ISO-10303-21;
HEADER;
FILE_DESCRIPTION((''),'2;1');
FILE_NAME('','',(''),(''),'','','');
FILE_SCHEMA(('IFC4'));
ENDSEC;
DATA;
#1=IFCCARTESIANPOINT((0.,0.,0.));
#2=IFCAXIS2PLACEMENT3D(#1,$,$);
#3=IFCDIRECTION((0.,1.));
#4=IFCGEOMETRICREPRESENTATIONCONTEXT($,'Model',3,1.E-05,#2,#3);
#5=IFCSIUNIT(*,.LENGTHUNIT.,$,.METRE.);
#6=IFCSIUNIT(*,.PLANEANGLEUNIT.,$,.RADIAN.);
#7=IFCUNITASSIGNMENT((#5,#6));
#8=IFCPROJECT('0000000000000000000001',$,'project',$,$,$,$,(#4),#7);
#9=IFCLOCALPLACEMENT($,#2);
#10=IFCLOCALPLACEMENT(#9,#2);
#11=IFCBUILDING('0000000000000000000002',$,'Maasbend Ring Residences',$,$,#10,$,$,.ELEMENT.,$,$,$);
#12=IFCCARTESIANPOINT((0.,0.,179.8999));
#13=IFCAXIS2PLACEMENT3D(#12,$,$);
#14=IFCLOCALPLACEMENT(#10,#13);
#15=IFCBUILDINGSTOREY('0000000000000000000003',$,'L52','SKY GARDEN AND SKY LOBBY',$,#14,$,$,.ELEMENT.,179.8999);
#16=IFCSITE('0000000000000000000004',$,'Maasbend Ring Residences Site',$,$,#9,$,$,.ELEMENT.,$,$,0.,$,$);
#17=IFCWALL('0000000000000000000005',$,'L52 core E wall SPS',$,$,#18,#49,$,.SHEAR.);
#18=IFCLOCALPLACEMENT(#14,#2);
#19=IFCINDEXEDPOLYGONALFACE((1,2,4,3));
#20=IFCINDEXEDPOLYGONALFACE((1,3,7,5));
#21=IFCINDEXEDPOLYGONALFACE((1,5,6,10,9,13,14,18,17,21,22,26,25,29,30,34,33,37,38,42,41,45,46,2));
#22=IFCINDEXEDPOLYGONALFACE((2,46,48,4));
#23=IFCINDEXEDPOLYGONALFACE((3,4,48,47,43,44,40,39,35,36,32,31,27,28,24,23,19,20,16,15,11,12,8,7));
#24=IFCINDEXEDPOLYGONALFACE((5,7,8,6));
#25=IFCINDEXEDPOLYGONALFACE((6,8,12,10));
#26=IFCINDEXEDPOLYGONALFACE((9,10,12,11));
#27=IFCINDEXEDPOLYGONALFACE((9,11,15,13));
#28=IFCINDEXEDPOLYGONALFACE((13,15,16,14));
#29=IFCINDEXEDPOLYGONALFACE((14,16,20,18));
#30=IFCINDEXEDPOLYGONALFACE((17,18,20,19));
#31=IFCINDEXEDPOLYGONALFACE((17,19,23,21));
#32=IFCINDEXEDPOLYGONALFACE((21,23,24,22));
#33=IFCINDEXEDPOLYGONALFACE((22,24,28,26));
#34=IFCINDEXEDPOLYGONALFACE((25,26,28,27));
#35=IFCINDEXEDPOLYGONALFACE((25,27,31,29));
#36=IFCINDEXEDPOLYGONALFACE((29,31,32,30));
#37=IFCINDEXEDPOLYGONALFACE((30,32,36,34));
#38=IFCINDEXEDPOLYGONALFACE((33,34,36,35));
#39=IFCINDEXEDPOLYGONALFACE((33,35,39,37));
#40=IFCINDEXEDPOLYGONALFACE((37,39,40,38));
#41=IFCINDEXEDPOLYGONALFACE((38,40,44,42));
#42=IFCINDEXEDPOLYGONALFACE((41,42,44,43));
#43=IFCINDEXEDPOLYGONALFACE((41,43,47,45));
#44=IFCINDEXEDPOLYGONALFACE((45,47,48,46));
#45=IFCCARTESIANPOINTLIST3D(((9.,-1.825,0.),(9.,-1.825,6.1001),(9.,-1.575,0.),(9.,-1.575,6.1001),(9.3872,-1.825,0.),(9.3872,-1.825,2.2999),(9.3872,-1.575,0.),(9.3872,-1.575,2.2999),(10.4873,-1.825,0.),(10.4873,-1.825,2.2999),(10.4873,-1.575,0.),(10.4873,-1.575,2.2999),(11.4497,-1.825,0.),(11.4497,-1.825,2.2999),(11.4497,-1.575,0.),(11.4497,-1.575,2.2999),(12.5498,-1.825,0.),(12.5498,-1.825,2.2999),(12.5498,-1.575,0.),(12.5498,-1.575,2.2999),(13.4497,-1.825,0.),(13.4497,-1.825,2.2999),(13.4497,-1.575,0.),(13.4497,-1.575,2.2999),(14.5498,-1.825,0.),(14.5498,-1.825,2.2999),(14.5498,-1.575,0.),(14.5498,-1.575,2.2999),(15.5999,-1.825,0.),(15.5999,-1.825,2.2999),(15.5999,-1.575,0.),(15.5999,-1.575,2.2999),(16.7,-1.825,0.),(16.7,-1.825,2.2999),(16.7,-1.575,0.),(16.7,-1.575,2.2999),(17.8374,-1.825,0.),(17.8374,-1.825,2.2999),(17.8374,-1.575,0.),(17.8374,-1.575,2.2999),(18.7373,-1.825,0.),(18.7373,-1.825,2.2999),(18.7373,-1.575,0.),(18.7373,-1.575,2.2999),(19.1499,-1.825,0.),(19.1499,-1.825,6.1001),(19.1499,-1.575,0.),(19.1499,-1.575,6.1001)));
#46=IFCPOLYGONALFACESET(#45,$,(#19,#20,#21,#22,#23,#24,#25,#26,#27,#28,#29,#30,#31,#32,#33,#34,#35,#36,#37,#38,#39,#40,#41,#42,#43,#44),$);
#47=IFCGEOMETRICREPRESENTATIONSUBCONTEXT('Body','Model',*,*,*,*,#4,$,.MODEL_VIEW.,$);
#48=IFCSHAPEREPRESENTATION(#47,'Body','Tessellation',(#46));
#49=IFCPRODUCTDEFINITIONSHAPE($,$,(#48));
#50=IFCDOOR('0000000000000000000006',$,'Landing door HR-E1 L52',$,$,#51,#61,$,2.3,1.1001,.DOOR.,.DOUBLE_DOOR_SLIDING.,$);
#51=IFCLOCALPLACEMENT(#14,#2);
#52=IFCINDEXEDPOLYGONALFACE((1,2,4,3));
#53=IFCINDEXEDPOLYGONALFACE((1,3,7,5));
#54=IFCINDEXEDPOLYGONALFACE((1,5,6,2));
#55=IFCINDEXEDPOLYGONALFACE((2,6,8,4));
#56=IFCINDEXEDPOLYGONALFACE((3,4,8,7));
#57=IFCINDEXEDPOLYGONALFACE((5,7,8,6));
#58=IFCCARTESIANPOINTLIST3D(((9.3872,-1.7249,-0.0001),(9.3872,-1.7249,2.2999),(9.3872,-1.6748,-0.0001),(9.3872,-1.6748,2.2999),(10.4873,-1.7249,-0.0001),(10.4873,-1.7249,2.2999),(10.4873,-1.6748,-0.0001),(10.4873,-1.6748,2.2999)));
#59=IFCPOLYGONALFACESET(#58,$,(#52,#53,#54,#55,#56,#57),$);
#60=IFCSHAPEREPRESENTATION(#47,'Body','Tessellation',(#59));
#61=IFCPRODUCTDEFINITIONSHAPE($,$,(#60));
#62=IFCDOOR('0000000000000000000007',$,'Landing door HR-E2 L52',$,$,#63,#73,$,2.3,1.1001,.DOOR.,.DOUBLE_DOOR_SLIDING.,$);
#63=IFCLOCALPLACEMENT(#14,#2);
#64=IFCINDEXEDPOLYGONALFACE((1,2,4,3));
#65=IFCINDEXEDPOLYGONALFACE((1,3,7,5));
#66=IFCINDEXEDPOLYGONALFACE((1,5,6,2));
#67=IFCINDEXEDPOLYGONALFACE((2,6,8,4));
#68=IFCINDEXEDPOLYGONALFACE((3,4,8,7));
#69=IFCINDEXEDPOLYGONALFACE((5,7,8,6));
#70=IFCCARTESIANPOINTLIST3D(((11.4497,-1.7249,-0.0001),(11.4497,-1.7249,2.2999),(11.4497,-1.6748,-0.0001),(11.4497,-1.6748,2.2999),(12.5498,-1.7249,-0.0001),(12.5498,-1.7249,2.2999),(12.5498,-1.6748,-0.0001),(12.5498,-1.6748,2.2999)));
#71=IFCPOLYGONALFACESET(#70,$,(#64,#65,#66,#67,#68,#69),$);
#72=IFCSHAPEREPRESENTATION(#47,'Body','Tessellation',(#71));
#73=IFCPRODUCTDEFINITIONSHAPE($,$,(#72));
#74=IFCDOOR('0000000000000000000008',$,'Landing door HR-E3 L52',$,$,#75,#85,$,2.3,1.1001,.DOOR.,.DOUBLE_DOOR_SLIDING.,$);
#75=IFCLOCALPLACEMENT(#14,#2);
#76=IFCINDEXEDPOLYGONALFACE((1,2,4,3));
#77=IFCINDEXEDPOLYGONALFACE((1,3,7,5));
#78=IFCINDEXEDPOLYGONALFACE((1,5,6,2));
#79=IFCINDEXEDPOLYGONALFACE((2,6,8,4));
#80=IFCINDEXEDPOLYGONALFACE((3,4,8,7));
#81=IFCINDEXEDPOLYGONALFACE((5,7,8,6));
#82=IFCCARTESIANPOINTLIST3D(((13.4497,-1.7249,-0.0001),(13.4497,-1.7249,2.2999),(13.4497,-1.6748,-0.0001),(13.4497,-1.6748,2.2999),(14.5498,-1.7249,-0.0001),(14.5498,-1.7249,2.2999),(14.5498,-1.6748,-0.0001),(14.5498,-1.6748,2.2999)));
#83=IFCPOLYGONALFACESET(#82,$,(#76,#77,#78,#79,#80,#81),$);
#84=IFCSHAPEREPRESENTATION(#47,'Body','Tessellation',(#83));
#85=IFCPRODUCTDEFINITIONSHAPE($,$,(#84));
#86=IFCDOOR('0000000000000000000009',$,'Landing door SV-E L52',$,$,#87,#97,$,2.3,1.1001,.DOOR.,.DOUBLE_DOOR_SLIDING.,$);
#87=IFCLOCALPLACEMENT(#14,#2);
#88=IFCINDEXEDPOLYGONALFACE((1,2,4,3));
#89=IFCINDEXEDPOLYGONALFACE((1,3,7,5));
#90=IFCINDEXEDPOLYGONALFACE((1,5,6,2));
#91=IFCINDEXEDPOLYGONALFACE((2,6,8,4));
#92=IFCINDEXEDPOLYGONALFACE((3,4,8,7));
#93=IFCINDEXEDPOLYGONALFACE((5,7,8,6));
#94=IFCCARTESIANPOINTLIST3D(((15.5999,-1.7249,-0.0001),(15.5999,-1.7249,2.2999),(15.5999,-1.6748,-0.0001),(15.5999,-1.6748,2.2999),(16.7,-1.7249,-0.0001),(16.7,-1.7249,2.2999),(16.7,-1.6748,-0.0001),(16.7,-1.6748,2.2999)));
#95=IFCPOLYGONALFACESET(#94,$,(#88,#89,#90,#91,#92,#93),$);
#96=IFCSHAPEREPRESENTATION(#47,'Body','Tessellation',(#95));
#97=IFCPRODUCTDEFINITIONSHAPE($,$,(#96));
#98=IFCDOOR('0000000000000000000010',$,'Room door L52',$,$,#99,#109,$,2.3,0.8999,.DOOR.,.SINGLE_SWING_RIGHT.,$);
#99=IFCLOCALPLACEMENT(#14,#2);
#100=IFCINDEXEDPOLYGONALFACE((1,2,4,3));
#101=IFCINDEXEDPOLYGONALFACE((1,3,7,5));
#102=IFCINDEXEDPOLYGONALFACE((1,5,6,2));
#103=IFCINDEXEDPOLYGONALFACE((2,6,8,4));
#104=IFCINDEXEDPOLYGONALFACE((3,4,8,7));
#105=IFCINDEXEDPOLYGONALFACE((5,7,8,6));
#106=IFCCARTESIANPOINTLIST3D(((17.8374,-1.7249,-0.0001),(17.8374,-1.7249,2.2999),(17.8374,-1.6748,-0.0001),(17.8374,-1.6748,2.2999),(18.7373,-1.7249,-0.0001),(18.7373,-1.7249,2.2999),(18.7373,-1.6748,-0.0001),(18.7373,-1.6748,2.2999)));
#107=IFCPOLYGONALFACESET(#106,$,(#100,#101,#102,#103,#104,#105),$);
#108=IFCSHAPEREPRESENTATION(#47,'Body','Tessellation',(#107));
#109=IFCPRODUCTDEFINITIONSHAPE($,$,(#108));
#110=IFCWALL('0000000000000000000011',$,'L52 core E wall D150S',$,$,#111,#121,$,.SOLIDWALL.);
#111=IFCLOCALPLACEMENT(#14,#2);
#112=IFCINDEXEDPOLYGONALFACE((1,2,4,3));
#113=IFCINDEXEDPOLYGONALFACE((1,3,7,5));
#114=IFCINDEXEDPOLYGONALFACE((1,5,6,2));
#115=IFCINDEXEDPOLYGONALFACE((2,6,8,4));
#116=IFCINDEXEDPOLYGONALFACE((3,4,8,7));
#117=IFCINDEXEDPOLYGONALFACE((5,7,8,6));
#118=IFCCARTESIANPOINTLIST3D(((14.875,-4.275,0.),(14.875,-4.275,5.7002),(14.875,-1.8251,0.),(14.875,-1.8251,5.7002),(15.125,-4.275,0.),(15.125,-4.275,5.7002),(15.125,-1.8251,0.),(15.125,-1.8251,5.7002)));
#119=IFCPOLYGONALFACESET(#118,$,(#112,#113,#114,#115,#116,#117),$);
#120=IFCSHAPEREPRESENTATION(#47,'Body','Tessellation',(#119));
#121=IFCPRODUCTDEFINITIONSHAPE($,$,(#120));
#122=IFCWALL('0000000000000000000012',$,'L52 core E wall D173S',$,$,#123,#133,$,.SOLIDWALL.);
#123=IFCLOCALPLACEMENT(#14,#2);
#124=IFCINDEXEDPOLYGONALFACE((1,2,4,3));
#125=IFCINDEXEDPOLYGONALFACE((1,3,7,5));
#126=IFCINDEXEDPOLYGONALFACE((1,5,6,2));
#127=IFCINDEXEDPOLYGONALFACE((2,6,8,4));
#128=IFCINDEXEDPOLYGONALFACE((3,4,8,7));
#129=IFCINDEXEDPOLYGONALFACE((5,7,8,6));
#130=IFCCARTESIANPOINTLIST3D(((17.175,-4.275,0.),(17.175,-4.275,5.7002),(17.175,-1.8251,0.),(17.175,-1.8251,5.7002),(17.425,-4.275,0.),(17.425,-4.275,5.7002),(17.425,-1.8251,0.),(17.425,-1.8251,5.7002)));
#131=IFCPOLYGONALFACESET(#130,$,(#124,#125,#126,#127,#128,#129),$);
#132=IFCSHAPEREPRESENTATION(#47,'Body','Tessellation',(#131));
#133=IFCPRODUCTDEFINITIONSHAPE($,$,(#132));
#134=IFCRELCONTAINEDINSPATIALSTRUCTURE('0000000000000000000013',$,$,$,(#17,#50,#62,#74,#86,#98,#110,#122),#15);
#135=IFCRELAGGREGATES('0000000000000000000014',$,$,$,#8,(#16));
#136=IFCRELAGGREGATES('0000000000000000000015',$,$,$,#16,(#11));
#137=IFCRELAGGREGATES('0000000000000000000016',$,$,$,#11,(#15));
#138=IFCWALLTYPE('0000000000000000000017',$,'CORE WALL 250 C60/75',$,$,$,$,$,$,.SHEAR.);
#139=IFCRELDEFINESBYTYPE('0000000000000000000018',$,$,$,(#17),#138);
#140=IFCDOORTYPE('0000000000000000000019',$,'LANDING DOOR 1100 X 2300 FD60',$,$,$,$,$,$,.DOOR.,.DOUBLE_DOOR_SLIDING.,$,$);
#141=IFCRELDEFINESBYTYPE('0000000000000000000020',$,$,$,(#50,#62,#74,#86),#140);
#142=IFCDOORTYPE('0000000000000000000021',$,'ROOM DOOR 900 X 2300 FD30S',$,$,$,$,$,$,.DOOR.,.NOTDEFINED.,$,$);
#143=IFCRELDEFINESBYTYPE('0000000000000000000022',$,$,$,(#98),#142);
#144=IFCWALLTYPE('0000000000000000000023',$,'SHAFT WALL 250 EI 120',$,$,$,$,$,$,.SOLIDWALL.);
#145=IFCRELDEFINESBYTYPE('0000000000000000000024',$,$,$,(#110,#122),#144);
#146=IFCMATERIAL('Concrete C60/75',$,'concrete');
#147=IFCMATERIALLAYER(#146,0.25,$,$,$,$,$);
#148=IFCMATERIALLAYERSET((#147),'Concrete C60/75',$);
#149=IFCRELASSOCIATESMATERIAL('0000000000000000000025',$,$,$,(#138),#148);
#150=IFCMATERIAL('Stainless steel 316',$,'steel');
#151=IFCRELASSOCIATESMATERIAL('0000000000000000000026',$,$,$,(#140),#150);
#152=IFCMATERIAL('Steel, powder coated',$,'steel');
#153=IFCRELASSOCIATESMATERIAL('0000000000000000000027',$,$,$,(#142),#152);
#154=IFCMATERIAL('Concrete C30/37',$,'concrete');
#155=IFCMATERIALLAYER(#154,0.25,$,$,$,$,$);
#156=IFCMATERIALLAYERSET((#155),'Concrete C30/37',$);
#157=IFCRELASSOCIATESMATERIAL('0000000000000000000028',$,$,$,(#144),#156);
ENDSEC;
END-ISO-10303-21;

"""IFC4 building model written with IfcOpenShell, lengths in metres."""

from ifc_helpers import new_model, si_unit, direction, frame, frame_2d, origin, place, context, subcontext, project, spatial, rectangle, extrude, material, layer, layer_set, type_object, element, fill, save


model = new_model("IFC4")

# Units and contexts
model_context = context("Model", 3, precision=1e-05, world=origin(), true_north=direction((0.0, 1.0)))
body_context = subcontext(model_context, "Body", "Model", "MODEL_VIEW")
ifc_project = project(units=[si_unit("LENGTHUNIT", "METRE"), si_unit("PLANEANGLEUNIT", "RADIAN")], contexts=[model_context])

# Site, building, storey
site_placement = place(None, origin())
site = spatial("IfcSite", under=ifc_project, at=site_placement, Name="Maasbend Ring Residences Site", CompositionType="ELEMENT", RefElevation=0.0)
building_placement = place(site_placement, origin())
building = spatial("IfcBuilding", under=site, at=building_placement, Name="Maasbend Ring Residences", CompositionType="ELEMENT")
storey_placement = place(building_placement, frame((0.0, 0.0, 179.8999)))
storey = spatial("IfcBuildingStorey", under=building, at=storey_placement, Name="L52", Description="SKY GARDEN AND SKY LOBBY", CompositionType="ELEMENT", Elevation=179.8999)

# Wall, openings, doors
ifc_material_1 = material(Name="Concrete C60/75", Category="concrete")
ifc_layer_1 = layer(ifc_material_1, 0.25)
ifc_layer_set_1 = layer_set([ifc_layer_1], Name="Concrete C60/75")
wall_type_1 = type_object("IfcWallType", Name="CORE WALL 250 C60/75", PredefinedType="SHEAR", material=ifc_layer_set_1)
wall_placement = place(storey_placement, frame((19.1499, -1.7, 0.0), z_axis=(0.0, 0.0, 1.0), x_axis=(-1.0, 0.0, 0.0)))
wall = element("IfcWall", 1, at=wall_placement, inside=storey, type_object=wall_type_1, Name="L52 core E wall SPS", PredefinedType="SHEAR", context=body_context, shape_type="SweptSolid", body=[
    extrude(rectangle(XDim=10.1499, YDim=0.25, at=frame_2d((5.075, 0.0))), origin(), (0.0, 0.0, 1.0), 6.1001),
])
opening_1_placement = place(wall_placement, frame((8.6626, 0.0, 0.0)))
opening_1 = element("IfcOpeningElement", 2, at=opening_1_placement, cuts=wall, PredefinedType="OPENING", context=body_context, shape_type="SweptSolid", body=[
    extrude(rectangle(XDim=1.1001, YDim=2.3, at=frame_2d((0.55, 1.1499))), frame((0.0, 0.135, 0.0), z_axis=(0.0, -1.0, 0.0), x_axis=(1.0, 0.0, 0.0)), (0.0, 0.0, 1.0), 0.27),
])
opening_2_placement = place(wall_placement, frame((6.6001, 0.0, 0.0)))
opening_2 = element("IfcOpeningElement", 3, at=opening_2_placement, cuts=wall, PredefinedType="OPENING", context=body_context, shape_type="SweptSolid", body=[
    extrude(rectangle(XDim=1.1001, YDim=2.3, at=frame_2d((0.55, 1.1499))), frame((0.0, 0.135, 0.0), z_axis=(0.0, -1.0, 0.0), x_axis=(1.0, 0.0, 0.0)), (0.0, 0.0, 1.0), 0.27),
])
opening_3_placement = place(wall_placement, frame((4.6001, 0.0, 0.0)))
opening_3 = element("IfcOpeningElement", 4, at=opening_3_placement, cuts=wall, PredefinedType="OPENING", context=body_context, shape_type="SweptSolid", body=[
    extrude(rectangle(XDim=1.1001, YDim=2.3, at=frame_2d((0.55, 1.1499))), frame((0.0, 0.135, 0.0), z_axis=(0.0, -1.0, 0.0), x_axis=(1.0, 0.0, 0.0)), (0.0, 0.0, 1.0), 0.27),
])
opening_4_placement = place(wall_placement, frame((2.45, 0.0, 0.0)))
opening_4 = element("IfcOpeningElement", 5, at=opening_4_placement, cuts=wall, PredefinedType="OPENING", context=body_context, shape_type="SweptSolid", body=[
    extrude(rectangle(XDim=1.1001, YDim=2.3, at=frame_2d((0.55, 1.1499))), frame((0.0, 0.135, 0.0), z_axis=(0.0, -1.0, 0.0), x_axis=(1.0, 0.0, 0.0)), (0.0, 0.0, 1.0), 0.27),
])
opening_5_placement = place(wall_placement, frame((0.4126, 0.0, 0.0)))
opening_5 = element("IfcOpeningElement", 6, at=opening_5_placement, cuts=wall, PredefinedType="OPENING", context=body_context, shape_type="SweptSolid", body=[
    extrude(rectangle(XDim=0.8999, YDim=2.3, at=frame_2d((0.45, 1.1499))), frame((0.0, 0.135, 0.0), z_axis=(0.0, -1.0, 0.0), x_axis=(1.0, 0.0, 0.0)), (0.0, 0.0, 1.0), 0.27),
])
ifc_material_2 = material(Name="Stainless steel 316", Category="steel")
door_type_1 = type_object("IfcDoorType", Name="LANDING DOOR 1100 X 2300 FD60", OperationType="DOUBLE_DOOR_SLIDING", PredefinedType="DOOR", material=ifc_material_2)
door_1_placement = place(opening_1_placement, origin())
door_1 = element("IfcDoor", 7, at=door_1_placement, inside=storey, type_object=door_type_1, Name="Landing door HR-E1 L52", OperationType="DOUBLE_DOOR_SLIDING", OverallHeight=2.3, OverallWidth=1.1001, PredefinedType="DOOR", context=body_context, shape_type="SweptSolid", body=[
    extrude(rectangle(XDim=1.1001, YDim=2.3, at=frame_2d((0.55, 1.1499))), frame((0.0, 0.0249, 0.0), z_axis=(0.0, -1.0, 0.0), x_axis=(1.0, 0.0, 0.0)), (0.0, 0.0, 1.0), 0.05),
])
fill(opening_1, door_1)
door_2_placement = place(opening_2_placement, origin())
door_2 = element("IfcDoor", 8, at=door_2_placement, inside=storey, type_object=door_type_1, Name="Landing door HR-E2 L52", OperationType="DOUBLE_DOOR_SLIDING", OverallHeight=2.3, OverallWidth=1.1001, PredefinedType="DOOR", context=body_context, shape_type="SweptSolid", body=[
    extrude(rectangle(XDim=1.1001, YDim=2.3, at=frame_2d((0.55, 1.1499))), frame((0.0, 0.0249, 0.0), z_axis=(0.0, -1.0, 0.0), x_axis=(1.0, 0.0, 0.0)), (0.0, 0.0, 1.0), 0.05),
])
fill(opening_2, door_2)
door_3_placement = place(opening_3_placement, origin())
door_3 = element("IfcDoor", 9, at=door_3_placement, inside=storey, type_object=door_type_1, Name="Landing door HR-E3 L52", OperationType="DOUBLE_DOOR_SLIDING", OverallHeight=2.3, OverallWidth=1.1001, PredefinedType="DOOR", context=body_context, shape_type="SweptSolid", body=[
    extrude(rectangle(XDim=1.1001, YDim=2.3, at=frame_2d((0.55, 1.1499))), frame((0.0, 0.0249, 0.0), z_axis=(0.0, -1.0, 0.0), x_axis=(1.0, 0.0, 0.0)), (0.0, 0.0, 1.0), 0.05),
])
fill(opening_3, door_3)
door_4_placement = place(opening_4_placement, origin())
door_4 = element("IfcDoor", 10, at=door_4_placement, inside=storey, type_object=door_type_1, Name="Landing door SV-E L52", OperationType="DOUBLE_DOOR_SLIDING", OverallHeight=2.3, OverallWidth=1.1001, PredefinedType="DOOR", context=body_context, shape_type="SweptSolid", body=[
    extrude(rectangle(XDim=1.1001, YDim=2.3, at=frame_2d((0.55, 1.1499))), frame((0.0, 0.0249, 0.0), z_axis=(0.0, -1.0, 0.0), x_axis=(1.0, 0.0, 0.0)), (0.0, 0.0, 1.0), 0.05),
])
fill(opening_4, door_4)
ifc_material_3 = material(Name="Steel, powder coated", Category="steel")
door_type_2 = type_object("IfcDoorType", Name="ROOM DOOR 900 X 2300 FD30S", OperationType="NOTDEFINED", PredefinedType="DOOR", material=ifc_material_3)
door_5_placement = place(opening_5_placement, origin())
door_5 = element("IfcDoor", 11, at=door_5_placement, inside=storey, type_object=door_type_2, Name="Room door L52", OperationType="SINGLE_SWING_RIGHT", OverallHeight=2.3, OverallWidth=0.8999, PredefinedType="DOOR", context=body_context, shape_type="SweptSolid", body=[
    extrude(rectangle(XDim=0.8999, YDim=2.3, at=frame_2d((0.45, 1.1499))), frame((0.0, 0.0249, 0.0), z_axis=(0.0, -1.0, 0.0), x_axis=(1.0, 0.0, 0.0)), (0.0, 0.0, 1.0), 0.05),
])
fill(opening_5, door_5)

# Walls
ifc_material_4 = material(Name="Concrete C30/37", Category="concrete")
ifc_layer_2 = layer(ifc_material_4, 0.25)
ifc_layer_set_2 = layer_set([ifc_layer_2], Name="Concrete C30/37")
wall_type_2 = type_object("IfcWallType", Name="SHAFT WALL 250 EI 120", PredefinedType="SOLIDWALL", material=ifc_layer_set_2)
for number, where, z_axis, x_axis, name in (
    (12, (15.0, -1.825, 0.0), (0.0, 0.0, 1.0), (0.0, -1.0, 0.0), "L52 core E wall D150S"),
    (13, (17.3, -1.825, 0.0), (0.0, 0.0, 1.0), (0.0, -1.0, 0.0), "L52 core E wall D173S"),
):
    element("IfcWall", number, at=place(storey_placement, frame(where, z_axis=z_axis, x_axis=x_axis)), inside=storey, type_object=wall_type_2, Name=name, PredefinedType="SOLIDWALL", context=body_context, shape_type="SweptSolid", body=[
        extrude(rectangle(XDim=2.45, YDim=0.25, at=frame_2d((1.2251, 0.0))), origin(), (0.0, 0.0, 1.0), 5.7002),
    ])

save(model, "model.ifc")
